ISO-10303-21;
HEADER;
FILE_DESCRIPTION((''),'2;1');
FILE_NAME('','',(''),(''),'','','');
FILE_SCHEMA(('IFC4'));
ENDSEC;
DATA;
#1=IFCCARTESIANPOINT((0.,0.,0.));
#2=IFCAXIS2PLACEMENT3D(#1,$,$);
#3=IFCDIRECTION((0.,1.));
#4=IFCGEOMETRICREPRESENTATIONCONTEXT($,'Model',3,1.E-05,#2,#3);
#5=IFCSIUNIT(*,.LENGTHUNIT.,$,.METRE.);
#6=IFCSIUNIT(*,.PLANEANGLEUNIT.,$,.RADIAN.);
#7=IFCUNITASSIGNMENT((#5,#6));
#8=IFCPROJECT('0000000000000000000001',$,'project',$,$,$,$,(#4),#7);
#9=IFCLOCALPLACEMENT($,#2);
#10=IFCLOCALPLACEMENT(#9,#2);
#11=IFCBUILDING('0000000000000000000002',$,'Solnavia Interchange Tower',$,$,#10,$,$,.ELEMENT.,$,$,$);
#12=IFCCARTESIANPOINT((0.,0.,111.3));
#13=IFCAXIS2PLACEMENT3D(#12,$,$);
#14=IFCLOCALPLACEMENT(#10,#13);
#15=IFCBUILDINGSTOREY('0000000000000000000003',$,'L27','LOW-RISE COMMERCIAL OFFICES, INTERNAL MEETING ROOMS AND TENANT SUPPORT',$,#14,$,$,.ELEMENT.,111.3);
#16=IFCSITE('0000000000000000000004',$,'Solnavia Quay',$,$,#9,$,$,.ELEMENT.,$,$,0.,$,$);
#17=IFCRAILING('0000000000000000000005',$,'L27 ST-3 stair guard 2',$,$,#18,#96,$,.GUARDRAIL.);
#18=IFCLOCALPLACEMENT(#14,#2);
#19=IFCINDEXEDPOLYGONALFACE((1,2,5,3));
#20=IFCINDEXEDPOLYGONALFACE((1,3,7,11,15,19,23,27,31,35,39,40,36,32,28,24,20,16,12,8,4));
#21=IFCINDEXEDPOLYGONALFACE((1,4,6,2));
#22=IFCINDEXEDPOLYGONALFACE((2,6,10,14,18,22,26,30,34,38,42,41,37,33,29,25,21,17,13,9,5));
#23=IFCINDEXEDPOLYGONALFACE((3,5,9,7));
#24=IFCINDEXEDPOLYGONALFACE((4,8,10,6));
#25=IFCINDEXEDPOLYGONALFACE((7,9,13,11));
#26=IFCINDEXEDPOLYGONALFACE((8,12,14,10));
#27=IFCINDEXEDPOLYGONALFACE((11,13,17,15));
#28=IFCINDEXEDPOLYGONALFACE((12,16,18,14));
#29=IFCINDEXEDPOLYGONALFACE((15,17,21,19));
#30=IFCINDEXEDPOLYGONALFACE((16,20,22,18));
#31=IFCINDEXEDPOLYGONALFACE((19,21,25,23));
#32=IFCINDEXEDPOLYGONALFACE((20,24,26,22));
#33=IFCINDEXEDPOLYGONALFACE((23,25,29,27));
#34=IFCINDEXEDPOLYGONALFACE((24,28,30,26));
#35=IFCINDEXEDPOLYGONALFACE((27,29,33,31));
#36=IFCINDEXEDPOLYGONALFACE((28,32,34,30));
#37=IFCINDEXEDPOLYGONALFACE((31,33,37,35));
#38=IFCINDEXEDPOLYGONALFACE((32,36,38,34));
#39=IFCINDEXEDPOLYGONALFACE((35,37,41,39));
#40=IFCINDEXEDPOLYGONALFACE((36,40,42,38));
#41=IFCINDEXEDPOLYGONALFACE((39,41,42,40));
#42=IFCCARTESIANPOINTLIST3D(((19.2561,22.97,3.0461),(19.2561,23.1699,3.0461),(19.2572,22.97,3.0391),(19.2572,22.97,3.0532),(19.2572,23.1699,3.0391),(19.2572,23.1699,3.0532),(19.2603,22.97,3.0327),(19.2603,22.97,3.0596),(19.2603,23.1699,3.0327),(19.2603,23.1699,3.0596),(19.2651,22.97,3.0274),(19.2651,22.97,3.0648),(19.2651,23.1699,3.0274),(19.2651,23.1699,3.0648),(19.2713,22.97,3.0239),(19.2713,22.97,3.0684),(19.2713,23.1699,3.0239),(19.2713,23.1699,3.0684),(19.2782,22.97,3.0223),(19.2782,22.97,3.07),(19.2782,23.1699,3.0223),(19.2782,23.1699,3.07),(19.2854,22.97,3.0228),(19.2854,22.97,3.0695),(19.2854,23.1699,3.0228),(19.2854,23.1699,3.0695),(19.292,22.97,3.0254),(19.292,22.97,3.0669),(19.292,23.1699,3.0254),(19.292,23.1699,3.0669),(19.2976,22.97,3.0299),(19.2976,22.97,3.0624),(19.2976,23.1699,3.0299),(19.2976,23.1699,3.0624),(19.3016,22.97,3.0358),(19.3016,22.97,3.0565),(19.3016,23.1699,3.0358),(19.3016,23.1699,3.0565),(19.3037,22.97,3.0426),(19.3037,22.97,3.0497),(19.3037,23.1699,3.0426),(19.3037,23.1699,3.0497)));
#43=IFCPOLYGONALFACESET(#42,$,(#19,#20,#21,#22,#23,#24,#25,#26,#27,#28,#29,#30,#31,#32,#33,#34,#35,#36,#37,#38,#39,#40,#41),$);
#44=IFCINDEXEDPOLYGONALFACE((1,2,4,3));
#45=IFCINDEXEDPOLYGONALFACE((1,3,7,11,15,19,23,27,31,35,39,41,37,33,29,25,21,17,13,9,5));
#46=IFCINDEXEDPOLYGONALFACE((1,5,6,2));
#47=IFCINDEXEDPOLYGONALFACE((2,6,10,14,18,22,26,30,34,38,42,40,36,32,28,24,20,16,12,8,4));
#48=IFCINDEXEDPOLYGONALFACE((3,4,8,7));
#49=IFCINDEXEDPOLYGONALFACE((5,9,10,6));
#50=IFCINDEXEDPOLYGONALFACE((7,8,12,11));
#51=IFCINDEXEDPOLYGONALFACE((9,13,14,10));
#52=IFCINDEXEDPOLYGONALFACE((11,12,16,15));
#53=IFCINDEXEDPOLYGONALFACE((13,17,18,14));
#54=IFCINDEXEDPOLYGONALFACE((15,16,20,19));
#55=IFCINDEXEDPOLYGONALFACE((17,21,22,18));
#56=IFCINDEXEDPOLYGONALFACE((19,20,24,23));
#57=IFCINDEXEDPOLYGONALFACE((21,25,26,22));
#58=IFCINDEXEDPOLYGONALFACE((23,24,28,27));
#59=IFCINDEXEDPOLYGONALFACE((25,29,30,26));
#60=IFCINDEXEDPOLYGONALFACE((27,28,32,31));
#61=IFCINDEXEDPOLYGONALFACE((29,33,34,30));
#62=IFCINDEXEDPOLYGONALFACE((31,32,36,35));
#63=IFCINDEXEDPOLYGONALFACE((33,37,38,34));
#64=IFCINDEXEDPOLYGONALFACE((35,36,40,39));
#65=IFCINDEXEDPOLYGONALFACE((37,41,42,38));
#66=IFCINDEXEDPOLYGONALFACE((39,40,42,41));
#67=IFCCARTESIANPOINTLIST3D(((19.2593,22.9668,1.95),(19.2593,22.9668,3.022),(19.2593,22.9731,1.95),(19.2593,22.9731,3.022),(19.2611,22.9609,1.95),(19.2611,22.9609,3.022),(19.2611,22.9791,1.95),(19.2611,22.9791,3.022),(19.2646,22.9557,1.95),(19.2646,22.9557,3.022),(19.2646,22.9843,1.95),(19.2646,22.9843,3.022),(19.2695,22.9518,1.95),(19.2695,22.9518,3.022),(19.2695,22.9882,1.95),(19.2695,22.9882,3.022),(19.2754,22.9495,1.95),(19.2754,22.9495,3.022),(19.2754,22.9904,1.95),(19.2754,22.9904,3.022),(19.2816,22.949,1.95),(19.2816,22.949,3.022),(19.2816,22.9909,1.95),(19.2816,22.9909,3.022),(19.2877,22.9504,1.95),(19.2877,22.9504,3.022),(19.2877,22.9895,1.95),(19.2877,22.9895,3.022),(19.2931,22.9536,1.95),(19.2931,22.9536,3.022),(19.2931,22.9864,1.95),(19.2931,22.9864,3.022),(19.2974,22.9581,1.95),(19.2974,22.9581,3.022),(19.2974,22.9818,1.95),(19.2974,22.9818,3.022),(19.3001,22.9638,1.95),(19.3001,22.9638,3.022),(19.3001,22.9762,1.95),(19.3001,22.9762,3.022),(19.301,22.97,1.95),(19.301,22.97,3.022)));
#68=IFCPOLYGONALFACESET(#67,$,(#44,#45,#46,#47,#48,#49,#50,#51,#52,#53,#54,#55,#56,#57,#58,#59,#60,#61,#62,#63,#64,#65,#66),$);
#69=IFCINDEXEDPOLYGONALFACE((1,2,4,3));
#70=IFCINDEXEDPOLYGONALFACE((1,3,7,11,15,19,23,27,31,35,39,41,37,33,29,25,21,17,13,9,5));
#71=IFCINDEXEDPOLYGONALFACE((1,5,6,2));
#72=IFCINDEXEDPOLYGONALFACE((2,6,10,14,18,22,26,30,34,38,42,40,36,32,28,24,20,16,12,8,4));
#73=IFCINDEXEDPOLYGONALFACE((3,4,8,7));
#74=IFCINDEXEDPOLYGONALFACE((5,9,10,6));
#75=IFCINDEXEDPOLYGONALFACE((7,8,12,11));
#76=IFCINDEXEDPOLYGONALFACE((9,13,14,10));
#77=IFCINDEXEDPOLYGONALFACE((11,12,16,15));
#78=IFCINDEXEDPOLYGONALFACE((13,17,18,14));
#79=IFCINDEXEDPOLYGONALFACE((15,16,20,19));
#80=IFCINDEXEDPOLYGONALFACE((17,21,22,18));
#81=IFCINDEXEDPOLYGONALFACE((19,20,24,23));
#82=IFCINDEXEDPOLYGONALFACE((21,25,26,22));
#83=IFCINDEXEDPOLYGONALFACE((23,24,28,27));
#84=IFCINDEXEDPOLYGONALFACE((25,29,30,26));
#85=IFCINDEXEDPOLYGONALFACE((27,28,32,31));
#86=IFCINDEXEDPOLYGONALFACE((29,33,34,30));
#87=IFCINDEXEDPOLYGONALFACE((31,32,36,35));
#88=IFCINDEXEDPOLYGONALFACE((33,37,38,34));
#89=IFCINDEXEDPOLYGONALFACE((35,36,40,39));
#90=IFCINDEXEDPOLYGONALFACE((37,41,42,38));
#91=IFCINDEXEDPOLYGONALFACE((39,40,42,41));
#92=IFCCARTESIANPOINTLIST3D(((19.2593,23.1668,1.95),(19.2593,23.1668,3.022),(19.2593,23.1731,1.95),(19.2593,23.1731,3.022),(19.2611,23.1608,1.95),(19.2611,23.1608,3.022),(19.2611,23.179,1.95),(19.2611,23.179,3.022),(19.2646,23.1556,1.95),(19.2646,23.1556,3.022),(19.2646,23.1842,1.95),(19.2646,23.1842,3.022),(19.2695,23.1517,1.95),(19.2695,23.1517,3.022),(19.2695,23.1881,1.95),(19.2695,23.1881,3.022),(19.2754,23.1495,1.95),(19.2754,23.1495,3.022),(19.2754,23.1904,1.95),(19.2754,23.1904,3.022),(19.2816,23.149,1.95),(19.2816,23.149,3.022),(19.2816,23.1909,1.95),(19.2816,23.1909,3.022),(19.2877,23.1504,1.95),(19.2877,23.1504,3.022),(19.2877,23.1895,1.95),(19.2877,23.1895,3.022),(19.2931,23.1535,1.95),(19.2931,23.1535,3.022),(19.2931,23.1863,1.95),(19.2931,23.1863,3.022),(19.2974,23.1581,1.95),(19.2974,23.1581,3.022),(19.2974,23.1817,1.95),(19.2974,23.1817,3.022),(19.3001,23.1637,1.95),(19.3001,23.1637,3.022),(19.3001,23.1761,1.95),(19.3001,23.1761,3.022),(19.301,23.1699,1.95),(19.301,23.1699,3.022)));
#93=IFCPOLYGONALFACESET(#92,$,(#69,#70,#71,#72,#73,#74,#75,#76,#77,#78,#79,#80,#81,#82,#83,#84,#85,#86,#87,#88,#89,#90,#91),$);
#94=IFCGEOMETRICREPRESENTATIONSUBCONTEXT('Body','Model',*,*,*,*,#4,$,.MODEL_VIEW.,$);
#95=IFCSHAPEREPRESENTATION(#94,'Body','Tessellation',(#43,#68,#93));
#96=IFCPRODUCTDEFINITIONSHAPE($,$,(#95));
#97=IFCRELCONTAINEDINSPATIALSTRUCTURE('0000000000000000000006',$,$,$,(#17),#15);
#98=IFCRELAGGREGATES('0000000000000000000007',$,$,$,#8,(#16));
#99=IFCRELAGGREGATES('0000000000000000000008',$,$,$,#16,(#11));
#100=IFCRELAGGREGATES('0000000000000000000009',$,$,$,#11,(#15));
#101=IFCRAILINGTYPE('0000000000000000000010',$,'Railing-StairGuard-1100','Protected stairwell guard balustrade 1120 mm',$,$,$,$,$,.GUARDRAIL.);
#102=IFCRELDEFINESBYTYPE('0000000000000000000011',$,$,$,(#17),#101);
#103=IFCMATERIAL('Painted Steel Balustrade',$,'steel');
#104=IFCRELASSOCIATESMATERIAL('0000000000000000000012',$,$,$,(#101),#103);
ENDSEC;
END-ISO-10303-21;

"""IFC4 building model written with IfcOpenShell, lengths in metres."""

from ifc_helpers import new_model, si_unit, direction, frame, origin, origin_2d, place, context, subcontext, project, spatial, circle, extrude, material, type_object, element, save


model = new_model("IFC4")

# Units and contexts
model_context = context("Model", 3, precision=1e-05, world=origin(), true_north=direction((0.0, 1.0)))
body_context = subcontext(model_context, "Body", "Model", "MODEL_VIEW")
ifc_project = project(units=[si_unit("LENGTHUNIT", "METRE"), si_unit("PLANEANGLEUNIT", "RADIAN")], contexts=[model_context])

# Site, building, storey
site_placement = place(None, origin())
site = spatial("IfcSite", under=ifc_project, at=site_placement, Name="Solnavia Quay", CompositionType="ELEMENT", RefElevation=0.0)
building_placement = place(site_placement, origin())
building = spatial("IfcBuilding", under=site, at=building_placement, Name="Solnavia Interchange Tower", CompositionType="ELEMENT")
storey_placement = place(building_placement, frame((0.0, 0.0, 111.3)))
storey = spatial("IfcBuildingStorey", under=building, at=storey_placement, Name="L27", Description="LOW-RISE COMMERCIAL OFFICES, INTERNAL MEETING ROOMS AND TENANT SUPPORT", CompositionType="ELEMENT", Elevation=111.3)

# Railing
ifc_material_1 = material(Name="Painted Steel Balustrade", Category="steel")
railing_type_1 = type_object("IfcRailingType", Name="Railing-StairGuard-1100", Description="Protected stairwell guard balustrade 1120 mm", PredefinedType="GUARDRAIL", material=ifc_material_1)
railing_1_placement = place(storey_placement, frame((19.28, 22.97, 1.95)))
element("IfcRailing", 1, at=railing_1_placement, inside=storey, type_object=railing_type_1, Name="L27 ST-3 stair guard 2", PredefinedType="GUARDRAIL", context=body_context, shape_type="SweptSolid", body=[
    extrude(circle(Radius=0.0239, at=origin_2d()), frame((0.0, 0.0, 1.0962), z_axis=(0.0, 1.0, 0.0), x_axis=(-1.0, 0.0, 0.0)), (0.0, 0.0, 1.0), 0.2),
    extrude(circle(Radius=0.021, at=origin_2d()), origin(), (0.0, 0.0, 1.0), 1.072),
    extrude(circle(Radius=0.021, at=origin_2d()), frame((0.0, 0.2, 0.0)), (0.0, 0.0, 1.0), 1.072),
])

save(model, "model.ifc")
